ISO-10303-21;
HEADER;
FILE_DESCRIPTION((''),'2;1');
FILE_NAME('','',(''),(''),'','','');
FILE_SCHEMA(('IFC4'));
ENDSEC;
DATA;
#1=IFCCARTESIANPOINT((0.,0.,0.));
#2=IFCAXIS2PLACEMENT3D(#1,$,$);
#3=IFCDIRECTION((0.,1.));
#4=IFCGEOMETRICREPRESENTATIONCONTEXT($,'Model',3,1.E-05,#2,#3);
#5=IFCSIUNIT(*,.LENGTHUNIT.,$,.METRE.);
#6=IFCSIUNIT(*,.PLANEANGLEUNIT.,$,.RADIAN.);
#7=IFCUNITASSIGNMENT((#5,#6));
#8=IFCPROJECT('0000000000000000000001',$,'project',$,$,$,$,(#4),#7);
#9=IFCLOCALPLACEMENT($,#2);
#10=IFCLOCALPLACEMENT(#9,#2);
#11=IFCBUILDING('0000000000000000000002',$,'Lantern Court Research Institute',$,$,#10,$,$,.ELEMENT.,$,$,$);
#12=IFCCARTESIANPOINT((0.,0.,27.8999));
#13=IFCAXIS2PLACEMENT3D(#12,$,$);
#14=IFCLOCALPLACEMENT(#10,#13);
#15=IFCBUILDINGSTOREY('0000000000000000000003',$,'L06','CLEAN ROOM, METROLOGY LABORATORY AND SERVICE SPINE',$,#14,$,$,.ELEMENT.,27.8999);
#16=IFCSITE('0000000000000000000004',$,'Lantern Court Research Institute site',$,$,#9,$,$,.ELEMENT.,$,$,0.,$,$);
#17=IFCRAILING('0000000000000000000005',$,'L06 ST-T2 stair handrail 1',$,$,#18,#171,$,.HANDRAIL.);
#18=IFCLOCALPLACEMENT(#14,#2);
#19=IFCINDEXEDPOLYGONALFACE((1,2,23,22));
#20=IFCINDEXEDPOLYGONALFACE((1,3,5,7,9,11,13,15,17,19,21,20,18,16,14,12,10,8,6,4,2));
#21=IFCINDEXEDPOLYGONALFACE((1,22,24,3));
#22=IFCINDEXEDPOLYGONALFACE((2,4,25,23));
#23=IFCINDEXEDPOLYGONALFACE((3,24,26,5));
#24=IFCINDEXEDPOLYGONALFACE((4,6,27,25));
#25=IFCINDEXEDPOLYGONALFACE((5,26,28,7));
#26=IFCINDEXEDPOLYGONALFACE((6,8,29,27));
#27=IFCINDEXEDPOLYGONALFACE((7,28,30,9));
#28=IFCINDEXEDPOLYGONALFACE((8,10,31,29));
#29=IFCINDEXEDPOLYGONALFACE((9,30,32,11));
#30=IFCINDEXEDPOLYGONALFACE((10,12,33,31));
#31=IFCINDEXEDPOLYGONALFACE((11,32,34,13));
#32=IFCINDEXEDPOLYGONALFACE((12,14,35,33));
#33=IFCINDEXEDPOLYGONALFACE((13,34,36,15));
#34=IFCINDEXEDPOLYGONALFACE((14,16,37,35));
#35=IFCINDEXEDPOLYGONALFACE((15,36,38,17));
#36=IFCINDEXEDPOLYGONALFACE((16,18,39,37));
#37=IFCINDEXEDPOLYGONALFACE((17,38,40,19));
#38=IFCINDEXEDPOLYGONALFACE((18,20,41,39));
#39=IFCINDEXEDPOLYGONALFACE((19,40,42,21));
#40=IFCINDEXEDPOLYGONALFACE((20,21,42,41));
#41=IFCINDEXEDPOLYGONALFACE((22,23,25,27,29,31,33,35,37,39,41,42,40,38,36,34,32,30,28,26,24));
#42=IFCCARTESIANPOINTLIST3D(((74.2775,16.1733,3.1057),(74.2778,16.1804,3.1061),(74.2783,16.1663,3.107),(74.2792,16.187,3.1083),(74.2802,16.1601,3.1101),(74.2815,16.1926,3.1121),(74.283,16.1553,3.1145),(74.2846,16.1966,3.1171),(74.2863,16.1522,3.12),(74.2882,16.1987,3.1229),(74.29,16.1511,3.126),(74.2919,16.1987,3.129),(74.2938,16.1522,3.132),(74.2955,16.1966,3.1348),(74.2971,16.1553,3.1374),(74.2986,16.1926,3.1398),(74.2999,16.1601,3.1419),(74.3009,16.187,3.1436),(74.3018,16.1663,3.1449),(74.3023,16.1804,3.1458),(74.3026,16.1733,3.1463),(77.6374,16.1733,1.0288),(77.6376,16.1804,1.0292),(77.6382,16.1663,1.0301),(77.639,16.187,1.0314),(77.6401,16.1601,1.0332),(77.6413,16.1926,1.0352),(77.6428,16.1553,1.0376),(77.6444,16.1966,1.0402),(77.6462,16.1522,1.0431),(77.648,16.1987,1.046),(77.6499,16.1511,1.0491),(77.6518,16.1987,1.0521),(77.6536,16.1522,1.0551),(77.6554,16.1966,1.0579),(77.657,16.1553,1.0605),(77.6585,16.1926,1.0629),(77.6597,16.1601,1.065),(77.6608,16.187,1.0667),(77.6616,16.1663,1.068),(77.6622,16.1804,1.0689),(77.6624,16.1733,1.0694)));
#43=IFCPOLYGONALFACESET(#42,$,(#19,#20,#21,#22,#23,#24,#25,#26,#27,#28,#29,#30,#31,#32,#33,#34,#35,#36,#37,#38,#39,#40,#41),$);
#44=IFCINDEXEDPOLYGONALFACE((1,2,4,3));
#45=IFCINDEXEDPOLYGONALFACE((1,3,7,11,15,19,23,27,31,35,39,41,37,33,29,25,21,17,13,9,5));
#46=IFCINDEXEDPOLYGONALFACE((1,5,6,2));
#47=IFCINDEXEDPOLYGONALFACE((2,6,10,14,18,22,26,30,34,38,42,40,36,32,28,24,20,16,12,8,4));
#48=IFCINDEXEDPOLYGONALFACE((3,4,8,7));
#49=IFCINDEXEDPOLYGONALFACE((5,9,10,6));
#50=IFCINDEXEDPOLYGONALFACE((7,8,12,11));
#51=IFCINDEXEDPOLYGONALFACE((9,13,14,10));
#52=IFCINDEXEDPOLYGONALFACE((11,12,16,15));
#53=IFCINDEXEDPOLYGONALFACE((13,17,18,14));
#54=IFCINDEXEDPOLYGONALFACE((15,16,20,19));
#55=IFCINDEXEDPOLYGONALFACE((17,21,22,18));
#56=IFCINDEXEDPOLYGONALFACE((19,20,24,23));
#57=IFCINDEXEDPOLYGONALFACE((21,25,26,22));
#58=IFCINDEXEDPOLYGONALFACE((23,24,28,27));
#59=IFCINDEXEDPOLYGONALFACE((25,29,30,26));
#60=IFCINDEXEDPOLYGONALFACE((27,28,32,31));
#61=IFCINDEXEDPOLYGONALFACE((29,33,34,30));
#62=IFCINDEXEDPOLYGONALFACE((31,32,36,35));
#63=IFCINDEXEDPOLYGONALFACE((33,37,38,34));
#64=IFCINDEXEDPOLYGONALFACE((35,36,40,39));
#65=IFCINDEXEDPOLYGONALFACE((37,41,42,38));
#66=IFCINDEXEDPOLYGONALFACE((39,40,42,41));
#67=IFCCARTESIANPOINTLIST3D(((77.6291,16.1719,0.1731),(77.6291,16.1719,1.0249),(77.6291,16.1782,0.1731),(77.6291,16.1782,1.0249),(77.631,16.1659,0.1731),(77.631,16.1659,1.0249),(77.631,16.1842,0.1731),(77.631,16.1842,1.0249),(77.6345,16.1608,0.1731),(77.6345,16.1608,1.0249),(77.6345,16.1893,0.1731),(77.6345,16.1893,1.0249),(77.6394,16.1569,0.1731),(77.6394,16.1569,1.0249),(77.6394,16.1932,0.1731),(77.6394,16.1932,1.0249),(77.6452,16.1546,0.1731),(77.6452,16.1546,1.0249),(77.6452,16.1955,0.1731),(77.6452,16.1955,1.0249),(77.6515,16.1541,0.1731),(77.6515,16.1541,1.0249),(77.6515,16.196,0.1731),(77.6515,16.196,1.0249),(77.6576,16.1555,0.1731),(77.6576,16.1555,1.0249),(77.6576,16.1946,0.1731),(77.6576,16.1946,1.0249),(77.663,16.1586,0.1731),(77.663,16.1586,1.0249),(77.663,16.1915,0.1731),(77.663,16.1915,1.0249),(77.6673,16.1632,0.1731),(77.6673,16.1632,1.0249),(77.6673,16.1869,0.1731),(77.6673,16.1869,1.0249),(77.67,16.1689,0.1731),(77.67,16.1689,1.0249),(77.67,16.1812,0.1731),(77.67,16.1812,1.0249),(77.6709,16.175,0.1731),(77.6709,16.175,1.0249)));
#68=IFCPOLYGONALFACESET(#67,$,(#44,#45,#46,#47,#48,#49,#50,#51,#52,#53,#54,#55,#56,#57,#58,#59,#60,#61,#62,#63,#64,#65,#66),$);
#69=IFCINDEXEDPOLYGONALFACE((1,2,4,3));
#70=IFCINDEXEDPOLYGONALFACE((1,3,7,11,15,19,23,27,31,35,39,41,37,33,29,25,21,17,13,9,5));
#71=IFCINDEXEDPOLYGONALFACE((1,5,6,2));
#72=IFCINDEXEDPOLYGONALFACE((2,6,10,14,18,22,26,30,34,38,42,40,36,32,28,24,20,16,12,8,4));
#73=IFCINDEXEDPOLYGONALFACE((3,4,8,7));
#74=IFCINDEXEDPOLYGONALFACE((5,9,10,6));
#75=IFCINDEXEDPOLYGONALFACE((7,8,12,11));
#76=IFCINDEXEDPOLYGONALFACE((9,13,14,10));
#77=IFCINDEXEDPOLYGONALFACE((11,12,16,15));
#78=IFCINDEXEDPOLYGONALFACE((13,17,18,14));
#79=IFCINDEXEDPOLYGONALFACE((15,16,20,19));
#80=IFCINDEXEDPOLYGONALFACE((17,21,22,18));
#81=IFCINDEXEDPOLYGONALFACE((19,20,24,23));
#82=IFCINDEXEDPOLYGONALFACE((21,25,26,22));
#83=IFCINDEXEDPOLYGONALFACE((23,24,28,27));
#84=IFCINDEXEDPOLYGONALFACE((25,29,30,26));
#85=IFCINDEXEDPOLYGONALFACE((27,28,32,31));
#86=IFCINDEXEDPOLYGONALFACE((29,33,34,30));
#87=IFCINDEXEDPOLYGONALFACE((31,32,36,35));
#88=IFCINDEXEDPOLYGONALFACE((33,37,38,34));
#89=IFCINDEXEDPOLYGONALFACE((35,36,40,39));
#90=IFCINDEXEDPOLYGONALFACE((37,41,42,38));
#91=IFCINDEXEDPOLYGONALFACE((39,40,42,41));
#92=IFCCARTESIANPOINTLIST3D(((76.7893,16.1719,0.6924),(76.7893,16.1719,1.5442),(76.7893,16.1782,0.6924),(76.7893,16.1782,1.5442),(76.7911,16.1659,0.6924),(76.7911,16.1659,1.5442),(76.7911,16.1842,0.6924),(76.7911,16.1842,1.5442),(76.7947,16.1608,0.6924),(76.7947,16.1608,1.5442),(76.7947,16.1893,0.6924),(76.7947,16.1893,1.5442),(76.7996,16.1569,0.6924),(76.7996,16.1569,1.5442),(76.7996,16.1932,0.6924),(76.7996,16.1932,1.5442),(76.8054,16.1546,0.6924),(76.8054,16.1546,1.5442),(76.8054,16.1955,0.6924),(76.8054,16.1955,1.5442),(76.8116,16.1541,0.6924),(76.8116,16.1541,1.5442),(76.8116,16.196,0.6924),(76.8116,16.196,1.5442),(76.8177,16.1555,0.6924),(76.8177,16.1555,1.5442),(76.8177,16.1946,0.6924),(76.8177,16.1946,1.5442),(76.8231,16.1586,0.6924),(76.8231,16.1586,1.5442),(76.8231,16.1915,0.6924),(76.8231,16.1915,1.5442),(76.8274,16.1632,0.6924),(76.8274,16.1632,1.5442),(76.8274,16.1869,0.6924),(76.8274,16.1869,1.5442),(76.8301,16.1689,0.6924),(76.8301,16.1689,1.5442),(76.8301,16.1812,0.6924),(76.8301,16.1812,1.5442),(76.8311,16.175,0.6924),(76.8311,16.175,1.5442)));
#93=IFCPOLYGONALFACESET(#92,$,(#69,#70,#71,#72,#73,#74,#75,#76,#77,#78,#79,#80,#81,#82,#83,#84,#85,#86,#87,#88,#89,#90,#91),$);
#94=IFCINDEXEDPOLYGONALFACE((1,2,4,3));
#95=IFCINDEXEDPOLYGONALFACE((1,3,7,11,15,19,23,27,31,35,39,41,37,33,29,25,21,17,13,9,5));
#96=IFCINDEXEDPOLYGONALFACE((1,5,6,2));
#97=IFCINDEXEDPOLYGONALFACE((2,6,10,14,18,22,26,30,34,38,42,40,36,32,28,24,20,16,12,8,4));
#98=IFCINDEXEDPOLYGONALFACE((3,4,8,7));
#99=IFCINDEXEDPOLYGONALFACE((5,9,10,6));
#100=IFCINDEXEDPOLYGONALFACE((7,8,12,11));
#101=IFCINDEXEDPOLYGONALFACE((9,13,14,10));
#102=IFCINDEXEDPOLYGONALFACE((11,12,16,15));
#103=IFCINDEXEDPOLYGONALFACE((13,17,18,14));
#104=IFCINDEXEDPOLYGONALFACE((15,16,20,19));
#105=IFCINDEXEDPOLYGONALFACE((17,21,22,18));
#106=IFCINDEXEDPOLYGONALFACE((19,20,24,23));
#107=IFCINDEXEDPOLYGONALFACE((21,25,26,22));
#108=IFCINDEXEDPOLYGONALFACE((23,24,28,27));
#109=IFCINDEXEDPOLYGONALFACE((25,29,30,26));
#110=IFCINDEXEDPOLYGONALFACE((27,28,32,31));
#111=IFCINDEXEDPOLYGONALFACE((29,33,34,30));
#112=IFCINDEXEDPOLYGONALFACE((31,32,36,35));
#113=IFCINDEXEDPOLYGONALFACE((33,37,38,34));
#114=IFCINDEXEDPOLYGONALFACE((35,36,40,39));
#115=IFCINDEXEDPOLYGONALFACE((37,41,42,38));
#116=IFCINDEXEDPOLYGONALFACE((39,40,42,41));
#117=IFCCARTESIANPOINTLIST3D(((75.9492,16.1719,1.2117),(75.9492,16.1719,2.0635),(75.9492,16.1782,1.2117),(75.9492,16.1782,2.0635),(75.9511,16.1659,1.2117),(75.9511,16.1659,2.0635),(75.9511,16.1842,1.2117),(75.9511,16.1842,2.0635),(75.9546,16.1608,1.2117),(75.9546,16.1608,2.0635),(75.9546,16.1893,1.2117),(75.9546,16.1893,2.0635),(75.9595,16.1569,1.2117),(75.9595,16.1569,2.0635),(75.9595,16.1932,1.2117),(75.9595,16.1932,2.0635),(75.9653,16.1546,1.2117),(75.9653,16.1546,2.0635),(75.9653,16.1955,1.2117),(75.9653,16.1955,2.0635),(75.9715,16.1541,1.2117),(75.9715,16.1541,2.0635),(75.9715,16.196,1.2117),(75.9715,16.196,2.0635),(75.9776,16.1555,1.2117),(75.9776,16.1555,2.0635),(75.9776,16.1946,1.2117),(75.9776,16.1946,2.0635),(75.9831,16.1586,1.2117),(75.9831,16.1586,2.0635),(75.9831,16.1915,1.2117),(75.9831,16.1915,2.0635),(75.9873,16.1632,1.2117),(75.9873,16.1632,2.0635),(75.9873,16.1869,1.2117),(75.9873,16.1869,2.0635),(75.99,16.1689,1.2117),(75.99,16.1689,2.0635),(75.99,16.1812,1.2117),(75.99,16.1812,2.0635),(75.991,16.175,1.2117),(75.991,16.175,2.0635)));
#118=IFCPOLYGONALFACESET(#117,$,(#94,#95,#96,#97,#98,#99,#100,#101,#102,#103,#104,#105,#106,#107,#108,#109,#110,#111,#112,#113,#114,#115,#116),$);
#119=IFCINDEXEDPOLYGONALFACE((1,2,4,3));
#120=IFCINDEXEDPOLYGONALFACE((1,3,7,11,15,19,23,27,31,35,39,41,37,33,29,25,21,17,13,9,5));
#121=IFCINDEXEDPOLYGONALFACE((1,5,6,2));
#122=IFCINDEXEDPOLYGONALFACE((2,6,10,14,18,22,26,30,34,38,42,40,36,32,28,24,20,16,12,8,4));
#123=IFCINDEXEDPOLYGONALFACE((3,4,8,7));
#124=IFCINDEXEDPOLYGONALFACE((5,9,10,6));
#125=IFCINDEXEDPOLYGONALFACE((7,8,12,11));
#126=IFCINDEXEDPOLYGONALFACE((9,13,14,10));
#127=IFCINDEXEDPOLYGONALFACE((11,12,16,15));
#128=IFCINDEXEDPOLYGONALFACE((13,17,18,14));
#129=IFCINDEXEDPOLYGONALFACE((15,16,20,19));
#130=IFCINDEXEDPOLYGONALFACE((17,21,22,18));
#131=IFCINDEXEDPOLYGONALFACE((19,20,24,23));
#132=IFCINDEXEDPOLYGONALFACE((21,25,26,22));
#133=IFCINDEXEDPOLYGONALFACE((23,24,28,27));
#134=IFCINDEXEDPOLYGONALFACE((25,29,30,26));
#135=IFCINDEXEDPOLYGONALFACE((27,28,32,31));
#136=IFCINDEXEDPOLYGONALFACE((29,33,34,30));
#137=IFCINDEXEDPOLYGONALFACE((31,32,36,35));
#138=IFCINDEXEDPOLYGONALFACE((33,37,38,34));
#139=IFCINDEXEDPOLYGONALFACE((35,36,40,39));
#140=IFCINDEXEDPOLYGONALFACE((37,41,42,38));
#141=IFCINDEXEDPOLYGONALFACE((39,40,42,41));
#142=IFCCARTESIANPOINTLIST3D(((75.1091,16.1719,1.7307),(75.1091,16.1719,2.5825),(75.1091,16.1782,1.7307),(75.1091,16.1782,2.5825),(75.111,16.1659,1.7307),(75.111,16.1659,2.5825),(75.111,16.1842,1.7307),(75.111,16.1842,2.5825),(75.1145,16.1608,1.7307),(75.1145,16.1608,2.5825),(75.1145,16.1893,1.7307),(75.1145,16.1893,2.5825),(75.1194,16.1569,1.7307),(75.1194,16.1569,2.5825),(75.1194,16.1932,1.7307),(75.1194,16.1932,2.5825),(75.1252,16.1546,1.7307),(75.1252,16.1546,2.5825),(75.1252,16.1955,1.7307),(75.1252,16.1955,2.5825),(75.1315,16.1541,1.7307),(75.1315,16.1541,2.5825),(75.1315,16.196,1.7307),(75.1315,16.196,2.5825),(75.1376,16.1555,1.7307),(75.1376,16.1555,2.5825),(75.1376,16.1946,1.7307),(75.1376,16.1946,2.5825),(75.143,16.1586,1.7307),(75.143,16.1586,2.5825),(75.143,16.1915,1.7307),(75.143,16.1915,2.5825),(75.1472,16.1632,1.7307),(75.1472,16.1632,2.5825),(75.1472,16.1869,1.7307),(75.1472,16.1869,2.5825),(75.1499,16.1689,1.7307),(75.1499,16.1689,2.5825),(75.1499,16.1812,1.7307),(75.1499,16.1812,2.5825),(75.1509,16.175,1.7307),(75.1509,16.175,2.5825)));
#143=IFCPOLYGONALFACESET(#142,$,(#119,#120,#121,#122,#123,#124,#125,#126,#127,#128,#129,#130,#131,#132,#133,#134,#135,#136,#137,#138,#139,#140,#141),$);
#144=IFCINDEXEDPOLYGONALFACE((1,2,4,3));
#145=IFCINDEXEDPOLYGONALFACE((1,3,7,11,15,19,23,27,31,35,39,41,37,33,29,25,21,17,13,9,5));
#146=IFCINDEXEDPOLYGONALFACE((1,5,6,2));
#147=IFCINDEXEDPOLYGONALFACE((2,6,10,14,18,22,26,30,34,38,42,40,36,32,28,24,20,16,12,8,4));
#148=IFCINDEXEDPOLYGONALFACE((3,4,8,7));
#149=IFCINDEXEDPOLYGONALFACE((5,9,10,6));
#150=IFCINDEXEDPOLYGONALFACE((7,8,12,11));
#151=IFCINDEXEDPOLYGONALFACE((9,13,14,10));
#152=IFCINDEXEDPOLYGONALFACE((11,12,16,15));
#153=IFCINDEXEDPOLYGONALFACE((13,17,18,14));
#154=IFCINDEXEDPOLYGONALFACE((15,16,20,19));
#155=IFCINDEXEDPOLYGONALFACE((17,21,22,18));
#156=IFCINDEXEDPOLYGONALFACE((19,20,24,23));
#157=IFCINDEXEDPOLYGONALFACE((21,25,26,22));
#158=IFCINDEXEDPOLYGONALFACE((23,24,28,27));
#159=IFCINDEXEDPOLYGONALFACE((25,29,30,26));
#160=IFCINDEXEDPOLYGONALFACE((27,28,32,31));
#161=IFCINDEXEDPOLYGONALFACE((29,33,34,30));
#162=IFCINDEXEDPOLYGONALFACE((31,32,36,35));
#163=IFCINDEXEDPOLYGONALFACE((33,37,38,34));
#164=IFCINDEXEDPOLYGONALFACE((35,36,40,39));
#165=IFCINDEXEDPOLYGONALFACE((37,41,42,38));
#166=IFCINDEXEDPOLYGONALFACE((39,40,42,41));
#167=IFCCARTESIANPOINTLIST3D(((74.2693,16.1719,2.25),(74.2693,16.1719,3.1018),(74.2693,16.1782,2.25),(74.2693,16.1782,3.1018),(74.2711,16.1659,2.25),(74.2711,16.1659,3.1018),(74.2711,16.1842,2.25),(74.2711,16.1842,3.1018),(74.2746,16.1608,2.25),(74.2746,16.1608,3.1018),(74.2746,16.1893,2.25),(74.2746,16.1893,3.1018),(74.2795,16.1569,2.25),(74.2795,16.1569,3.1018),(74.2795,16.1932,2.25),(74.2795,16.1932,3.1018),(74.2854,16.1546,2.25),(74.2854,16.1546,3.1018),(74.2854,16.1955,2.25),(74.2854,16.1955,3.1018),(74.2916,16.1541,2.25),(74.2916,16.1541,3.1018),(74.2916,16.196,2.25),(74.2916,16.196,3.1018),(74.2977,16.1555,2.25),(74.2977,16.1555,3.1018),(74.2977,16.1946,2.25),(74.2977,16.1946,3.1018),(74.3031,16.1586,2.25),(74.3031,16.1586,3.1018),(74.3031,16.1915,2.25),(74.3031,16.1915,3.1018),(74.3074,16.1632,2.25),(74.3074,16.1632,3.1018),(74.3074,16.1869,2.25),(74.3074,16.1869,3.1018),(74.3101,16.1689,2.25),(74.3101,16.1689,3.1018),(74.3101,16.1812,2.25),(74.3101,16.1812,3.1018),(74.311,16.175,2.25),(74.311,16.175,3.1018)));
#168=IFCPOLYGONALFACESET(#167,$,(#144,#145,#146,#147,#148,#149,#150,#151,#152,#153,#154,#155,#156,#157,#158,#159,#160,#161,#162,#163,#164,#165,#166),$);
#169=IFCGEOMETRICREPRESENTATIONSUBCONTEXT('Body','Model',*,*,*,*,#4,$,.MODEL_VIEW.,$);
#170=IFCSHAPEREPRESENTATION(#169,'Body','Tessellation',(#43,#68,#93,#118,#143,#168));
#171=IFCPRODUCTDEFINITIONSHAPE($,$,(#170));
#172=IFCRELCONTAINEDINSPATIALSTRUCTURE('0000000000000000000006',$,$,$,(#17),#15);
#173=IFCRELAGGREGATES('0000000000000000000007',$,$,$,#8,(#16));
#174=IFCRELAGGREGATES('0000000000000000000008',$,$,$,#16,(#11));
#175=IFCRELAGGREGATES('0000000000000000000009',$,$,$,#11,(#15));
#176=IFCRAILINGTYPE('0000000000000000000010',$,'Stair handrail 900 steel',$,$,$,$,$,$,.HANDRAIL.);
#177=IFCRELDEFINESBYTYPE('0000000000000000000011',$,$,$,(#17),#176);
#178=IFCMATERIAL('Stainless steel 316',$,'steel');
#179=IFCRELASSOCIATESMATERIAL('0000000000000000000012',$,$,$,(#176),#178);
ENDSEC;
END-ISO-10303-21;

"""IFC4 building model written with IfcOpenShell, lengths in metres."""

from ifc_helpers import new_model, si_unit, direction, frame, origin, origin_2d, place, context, subcontext, project, spatial, circle, extrude, material, type_object, element, save


model = new_model("IFC4")

# Units and contexts
model_context = context("Model", 3, precision=1e-05, world=origin(), true_north=direction((0.0, 1.0)))
body_context = subcontext(model_context, "Body", "Model", "MODEL_VIEW")
ifc_project = project(units=[si_unit("LENGTHUNIT", "METRE"), si_unit("PLANEANGLEUNIT", "RADIAN")], contexts=[model_context])

# Site, building, storey
site_placement = place(None, origin())
site = spatial("IfcSite", under=ifc_project, at=site_placement, Name="Lantern Court Research Institute site", CompositionType="ELEMENT", RefElevation=0.0)
building_placement = place(site_placement, origin())
building = spatial("IfcBuilding", under=site, at=building_placement, Name="Lantern Court Research Institute", CompositionType="ELEMENT")
storey_placement = place(building_placement, frame((0.0, 0.0, 27.8999)))
storey = spatial("IfcBuildingStorey", under=building, at=storey_placement, Name="L06", Description="CLEAN ROOM, METROLOGY LABORATORY AND SERVICE SPINE", CompositionType="ELEMENT", Elevation=27.8999)

# Railing
ifc_material_1 = material(Name="Stainless steel 316", Category="steel")
railing_type_1 = type_object("IfcRailingType", Name="Stair handrail 900 steel", PredefinedType="HANDRAIL", material=ifc_material_1)
railing_1_placement = place(storey_placement, frame((77.6499, 16.175, 0.1731)))
element("IfcRailing", 1, at=railing_1_placement, inside=storey, type_object=railing_type_1, Name="L06 ST-T2 stair handrail 1", PredefinedType="HANDRAIL", context=body_context, shape_type="SweptSolid", body=[
    extrude(circle(Radius=0.0239, at=origin_2d()), frame((0.0, 0.0, 0.876), z_axis=(-0.850606, 0.0, 0.525803), x_axis=(0.0, -1.0, 0.0)), (0.0, 0.0, 1.0), 3.95),
    extrude(circle(Radius=0.021, at=origin_2d()), origin(), (0.0, 0.0, 1.0), 0.8518),
    extrude(circle(Radius=0.021, at=origin_2d()), frame((-0.8398, 0.0, 0.5193)), (0.0, 0.0, 1.0), 0.8518),
    extrude(circle(Radius=0.021, at=origin_2d()), frame((-1.6799, 0.0, 1.0386)), (0.0, 0.0, 1.0), 0.8518),
    extrude(circle(Radius=0.021, at=origin_2d()), frame((-2.52, 0.0, 1.5576)), (0.0, 0.0, 1.0), 0.8518),
    extrude(circle(Radius=0.021, at=origin_2d()), frame((-3.3599, 0.0, 2.0769)), (0.0, 0.0, 1.0), 0.8518),
])

save(model, "model.ifc")
